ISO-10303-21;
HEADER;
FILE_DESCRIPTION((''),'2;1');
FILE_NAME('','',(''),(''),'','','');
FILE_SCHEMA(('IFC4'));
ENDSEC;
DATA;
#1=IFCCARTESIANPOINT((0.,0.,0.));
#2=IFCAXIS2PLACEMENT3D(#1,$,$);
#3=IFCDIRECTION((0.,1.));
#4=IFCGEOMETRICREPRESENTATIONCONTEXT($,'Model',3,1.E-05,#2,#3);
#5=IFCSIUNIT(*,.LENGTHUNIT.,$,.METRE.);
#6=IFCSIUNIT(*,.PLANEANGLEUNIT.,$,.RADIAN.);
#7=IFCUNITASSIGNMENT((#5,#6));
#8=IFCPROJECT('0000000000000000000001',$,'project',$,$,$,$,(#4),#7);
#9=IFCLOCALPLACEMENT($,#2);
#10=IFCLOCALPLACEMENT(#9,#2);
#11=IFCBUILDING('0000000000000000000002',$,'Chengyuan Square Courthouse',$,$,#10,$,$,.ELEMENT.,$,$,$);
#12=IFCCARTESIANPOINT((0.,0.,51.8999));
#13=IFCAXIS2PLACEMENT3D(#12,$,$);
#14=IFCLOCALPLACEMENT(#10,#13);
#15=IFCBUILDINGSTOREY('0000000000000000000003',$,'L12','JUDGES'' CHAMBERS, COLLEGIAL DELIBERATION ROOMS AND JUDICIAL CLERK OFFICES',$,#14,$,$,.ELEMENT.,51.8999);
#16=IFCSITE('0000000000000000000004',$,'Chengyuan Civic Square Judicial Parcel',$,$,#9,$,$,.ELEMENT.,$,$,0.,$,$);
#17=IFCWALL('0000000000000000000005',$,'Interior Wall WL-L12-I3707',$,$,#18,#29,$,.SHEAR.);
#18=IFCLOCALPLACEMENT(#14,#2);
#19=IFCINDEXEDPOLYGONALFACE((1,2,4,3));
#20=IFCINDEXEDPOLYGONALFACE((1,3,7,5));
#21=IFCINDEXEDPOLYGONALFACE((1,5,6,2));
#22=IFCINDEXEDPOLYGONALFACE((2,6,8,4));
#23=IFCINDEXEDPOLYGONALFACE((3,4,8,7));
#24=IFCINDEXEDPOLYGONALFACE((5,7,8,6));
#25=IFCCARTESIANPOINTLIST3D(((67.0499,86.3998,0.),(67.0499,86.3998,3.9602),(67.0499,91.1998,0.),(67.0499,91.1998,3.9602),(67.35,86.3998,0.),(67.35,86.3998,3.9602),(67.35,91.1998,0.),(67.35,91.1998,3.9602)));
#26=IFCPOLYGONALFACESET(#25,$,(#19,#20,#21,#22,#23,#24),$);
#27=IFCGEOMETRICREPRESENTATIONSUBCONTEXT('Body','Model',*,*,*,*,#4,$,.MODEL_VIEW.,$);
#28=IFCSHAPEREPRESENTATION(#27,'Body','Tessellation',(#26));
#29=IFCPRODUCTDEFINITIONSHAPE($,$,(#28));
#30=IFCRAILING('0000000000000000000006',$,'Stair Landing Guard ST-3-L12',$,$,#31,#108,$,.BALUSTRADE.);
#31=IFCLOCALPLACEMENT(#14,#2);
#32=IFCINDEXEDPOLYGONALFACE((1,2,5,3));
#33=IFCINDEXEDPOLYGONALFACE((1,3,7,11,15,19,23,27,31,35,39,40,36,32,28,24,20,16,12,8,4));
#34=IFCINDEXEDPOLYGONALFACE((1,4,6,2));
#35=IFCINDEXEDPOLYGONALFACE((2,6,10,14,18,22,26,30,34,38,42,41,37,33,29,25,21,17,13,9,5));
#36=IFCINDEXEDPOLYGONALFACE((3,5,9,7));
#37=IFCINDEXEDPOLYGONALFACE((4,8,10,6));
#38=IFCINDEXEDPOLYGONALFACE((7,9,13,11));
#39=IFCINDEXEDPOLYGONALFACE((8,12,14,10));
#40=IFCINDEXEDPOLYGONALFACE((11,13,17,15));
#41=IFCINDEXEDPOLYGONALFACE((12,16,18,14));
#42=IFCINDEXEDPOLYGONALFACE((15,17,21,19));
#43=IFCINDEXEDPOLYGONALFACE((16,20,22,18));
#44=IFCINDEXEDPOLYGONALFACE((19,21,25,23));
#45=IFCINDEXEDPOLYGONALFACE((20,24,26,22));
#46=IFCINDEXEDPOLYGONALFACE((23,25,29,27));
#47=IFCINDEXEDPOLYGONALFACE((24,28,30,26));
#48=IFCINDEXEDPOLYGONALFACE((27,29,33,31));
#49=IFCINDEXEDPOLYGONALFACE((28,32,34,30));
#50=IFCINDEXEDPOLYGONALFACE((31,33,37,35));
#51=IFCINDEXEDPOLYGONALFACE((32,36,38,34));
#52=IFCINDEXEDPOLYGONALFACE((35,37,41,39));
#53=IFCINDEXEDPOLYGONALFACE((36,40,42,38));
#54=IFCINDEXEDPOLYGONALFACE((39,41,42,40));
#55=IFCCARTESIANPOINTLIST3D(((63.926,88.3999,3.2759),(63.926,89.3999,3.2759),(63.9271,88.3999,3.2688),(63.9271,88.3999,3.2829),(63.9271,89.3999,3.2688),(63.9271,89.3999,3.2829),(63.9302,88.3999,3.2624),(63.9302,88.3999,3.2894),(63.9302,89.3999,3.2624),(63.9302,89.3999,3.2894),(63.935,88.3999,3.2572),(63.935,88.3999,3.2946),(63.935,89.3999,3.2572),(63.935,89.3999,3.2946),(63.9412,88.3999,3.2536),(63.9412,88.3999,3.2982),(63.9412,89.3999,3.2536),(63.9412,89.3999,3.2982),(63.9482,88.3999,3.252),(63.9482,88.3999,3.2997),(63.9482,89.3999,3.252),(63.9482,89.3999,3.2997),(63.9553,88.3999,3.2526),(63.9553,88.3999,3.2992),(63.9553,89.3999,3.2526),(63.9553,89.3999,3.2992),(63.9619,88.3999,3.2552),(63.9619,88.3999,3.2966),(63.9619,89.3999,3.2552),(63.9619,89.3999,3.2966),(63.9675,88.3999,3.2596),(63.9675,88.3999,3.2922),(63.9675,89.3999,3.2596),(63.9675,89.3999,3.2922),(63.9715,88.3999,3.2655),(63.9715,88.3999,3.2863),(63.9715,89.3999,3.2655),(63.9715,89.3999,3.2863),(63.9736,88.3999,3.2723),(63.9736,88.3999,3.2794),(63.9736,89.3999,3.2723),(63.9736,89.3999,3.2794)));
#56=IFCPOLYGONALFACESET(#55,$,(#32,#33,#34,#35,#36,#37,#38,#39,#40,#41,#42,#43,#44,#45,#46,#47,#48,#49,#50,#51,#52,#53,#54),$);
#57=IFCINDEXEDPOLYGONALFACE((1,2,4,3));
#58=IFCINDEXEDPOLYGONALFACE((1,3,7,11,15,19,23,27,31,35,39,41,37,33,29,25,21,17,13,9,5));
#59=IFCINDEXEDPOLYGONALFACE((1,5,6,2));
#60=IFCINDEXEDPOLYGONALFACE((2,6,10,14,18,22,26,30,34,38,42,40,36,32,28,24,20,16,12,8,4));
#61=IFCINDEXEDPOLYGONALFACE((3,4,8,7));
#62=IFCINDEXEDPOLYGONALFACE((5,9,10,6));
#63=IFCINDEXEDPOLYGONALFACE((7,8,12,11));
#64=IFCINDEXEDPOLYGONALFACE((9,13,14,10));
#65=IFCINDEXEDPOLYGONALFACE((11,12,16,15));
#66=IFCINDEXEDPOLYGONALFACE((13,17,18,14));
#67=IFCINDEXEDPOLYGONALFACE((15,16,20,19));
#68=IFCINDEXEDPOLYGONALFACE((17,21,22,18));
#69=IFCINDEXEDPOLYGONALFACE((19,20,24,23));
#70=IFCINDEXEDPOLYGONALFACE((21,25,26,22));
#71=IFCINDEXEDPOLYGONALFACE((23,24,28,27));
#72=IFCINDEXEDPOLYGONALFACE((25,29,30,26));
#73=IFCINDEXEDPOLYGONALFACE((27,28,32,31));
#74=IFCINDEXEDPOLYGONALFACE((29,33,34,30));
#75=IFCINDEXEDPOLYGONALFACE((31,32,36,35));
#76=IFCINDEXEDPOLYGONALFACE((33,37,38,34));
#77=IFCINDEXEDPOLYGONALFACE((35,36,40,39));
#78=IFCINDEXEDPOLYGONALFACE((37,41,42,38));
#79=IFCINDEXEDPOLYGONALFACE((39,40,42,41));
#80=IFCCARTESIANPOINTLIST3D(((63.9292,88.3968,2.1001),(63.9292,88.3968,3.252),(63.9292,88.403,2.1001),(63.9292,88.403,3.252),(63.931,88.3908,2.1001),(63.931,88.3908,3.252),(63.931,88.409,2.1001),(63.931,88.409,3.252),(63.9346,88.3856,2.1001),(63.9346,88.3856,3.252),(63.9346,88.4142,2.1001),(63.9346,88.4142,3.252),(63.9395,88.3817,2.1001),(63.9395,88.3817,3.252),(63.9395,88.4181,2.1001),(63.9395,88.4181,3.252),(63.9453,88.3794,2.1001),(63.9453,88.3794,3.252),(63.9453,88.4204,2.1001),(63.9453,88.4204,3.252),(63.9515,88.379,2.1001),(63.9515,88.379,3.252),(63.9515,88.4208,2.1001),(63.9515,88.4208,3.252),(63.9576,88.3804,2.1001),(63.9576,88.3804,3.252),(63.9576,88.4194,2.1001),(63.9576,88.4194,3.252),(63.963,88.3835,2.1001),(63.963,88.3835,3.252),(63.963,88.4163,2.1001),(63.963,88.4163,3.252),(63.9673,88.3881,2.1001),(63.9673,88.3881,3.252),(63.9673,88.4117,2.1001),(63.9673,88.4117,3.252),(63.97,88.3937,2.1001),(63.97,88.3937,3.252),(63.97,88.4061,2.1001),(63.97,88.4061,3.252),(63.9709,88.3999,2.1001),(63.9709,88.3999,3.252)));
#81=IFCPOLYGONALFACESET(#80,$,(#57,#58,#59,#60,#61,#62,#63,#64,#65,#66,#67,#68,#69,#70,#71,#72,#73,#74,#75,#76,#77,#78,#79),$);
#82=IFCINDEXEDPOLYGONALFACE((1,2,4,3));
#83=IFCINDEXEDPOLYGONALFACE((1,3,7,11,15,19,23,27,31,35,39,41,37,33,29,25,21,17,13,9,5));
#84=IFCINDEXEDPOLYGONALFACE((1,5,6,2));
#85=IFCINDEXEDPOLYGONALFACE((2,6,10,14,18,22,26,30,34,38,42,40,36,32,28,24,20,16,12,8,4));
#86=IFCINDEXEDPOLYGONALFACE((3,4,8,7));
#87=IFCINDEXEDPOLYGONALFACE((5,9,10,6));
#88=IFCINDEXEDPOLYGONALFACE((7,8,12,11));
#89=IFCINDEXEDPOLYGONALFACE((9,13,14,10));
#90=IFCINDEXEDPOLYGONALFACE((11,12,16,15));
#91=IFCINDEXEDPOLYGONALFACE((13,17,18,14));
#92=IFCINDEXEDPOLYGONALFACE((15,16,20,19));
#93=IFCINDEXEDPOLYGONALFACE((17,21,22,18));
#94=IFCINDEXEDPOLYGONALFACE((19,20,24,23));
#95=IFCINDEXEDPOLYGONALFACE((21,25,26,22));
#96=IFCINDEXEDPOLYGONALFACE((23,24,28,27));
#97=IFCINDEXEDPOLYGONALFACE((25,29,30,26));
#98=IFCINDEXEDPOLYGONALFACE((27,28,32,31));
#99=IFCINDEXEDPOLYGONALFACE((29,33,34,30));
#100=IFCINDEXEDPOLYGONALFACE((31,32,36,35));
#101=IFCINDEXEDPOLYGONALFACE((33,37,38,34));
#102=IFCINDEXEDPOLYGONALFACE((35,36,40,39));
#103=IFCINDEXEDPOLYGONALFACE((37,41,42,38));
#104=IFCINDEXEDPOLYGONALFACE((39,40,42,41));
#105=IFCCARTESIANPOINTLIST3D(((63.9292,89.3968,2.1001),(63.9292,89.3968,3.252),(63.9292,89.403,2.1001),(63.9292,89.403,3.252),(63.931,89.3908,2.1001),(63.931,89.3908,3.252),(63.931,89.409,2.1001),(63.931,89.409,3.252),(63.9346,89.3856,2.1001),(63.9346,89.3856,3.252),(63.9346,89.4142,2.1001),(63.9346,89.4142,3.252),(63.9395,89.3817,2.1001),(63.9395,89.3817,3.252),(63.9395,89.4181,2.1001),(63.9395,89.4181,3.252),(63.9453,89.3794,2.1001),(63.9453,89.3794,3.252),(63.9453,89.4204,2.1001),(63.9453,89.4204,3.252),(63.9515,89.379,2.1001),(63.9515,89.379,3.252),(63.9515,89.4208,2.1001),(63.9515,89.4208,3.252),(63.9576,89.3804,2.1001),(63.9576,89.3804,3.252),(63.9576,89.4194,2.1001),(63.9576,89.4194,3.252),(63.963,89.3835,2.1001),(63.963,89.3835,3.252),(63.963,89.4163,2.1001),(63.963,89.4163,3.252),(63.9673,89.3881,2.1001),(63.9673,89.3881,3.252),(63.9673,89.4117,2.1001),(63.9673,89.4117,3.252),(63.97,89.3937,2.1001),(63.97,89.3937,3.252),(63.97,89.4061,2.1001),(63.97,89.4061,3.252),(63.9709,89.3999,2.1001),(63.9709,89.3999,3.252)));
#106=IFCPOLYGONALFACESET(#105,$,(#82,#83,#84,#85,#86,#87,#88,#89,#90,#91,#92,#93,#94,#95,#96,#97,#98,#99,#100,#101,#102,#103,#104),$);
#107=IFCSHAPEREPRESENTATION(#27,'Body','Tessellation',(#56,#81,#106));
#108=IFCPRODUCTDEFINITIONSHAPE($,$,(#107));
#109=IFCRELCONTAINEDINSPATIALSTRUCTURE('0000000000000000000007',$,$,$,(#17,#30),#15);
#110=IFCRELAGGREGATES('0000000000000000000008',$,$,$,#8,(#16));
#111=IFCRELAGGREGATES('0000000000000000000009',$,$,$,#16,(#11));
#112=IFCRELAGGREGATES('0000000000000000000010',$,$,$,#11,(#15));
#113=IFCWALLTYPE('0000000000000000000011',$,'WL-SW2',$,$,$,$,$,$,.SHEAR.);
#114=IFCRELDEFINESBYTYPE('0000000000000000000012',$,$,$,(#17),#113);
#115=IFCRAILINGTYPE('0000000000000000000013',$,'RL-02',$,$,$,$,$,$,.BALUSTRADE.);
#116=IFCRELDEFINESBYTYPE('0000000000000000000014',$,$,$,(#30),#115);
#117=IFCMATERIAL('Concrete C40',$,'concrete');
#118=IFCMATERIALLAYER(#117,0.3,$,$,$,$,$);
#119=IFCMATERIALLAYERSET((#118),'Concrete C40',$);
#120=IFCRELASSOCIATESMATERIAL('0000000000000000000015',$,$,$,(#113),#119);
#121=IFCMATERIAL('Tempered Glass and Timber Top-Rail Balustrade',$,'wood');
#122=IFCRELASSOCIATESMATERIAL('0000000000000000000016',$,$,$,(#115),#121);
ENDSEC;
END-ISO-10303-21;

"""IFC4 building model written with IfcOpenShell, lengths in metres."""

from ifc_helpers import new_model, si_unit, direction, frame, frame_2d, origin, origin_2d, place, context, subcontext, project, spatial, rectangle, circle, extrude, material, layer, layer_set, type_object, element, save


model = new_model("IFC4")

# Units and contexts
model_context = context("Model", 3, precision=1e-05, world=origin(), true_north=direction((0.0, 1.0)))
body_context = subcontext(model_context, "Body", "Model", "MODEL_VIEW")
ifc_project = project(units=[si_unit("LENGTHUNIT", "METRE"), si_unit("PLANEANGLEUNIT", "RADIAN")], contexts=[model_context])

# Site, building, storey
site_placement = place(None, origin())
site = spatial("IfcSite", under=ifc_project, at=site_placement, Name="Chengyuan Civic Square Judicial Parcel", CompositionType="ELEMENT", RefElevation=0.0)
building_placement = place(site_placement, origin())
building = spatial("IfcBuilding", under=site, at=building_placement, Name="Chengyuan Square Courthouse", CompositionType="ELEMENT")
storey_placement = place(building_placement, frame((0.0, 0.0, 51.8999)))
storey = spatial("IfcBuildingStorey", under=building, at=storey_placement, Name="L12", Description="JUDGES' CHAMBERS, COLLEGIAL DELIBERATION ROOMS AND JUDICIAL CLERK OFFICES", CompositionType="ELEMENT", Elevation=51.8999)

# Shared definitions
ifc_material_1 = material(Name="Concrete C40", Category="concrete")

# Wall
ifc_layer_1 = layer(ifc_material_1, 0.3)
ifc_layer_set_1 = layer_set([ifc_layer_1], Name="Concrete C40")
wall_type_1 = type_object("IfcWallType", Name="WL-SW2", PredefinedType="SHEAR", material=ifc_layer_set_1)
wall_1_placement = place(storey_placement, frame((67.2, 86.3999, 0.0), z_axis=(0.0, 0.0, 1.0), x_axis=(0.0, 1.0, 0.0)))
element("IfcWall", 1, at=wall_1_placement, inside=storey, type_object=wall_type_1, Name="Interior Wall WL-L12-I3707", PredefinedType="SHEAR", context=body_context, shape_type="SweptSolid", body=[
    extrude(rectangle(XDim=4.8, YDim=0.3, at=frame_2d((2.3999, 0.0))), origin(), (0.0, 0.0, 1.0), 3.9602),
])

# Railing
ifc_material_2 = material(Name="Tempered Glass and Timber Top-Rail Balustrade", Category="wood")
railing_type = type_object("IfcRailingType", Name="RL-02", PredefinedType="BALUSTRADE", material=ifc_material_2)
railing_1_placement = place(storey_placement, frame((63.95, 88.3999, 2.1001)))
element("IfcRailing", 2, at=railing_1_placement, inside=storey, type_object=railing_type, Name="Stair Landing Guard ST-3-L12", PredefinedType="BALUSTRADE", context=body_context, shape_type="SweptSolid", body=[
    extrude(circle(Radius=0.0239, at=origin_2d()), frame((0.0, 0.0, 1.1758), z_axis=(0.0, 1.0, 0.0), x_axis=(-1.0, 0.0, 0.0)), (0.0, 0.0, 1.0), 1.0),
    extrude(circle(Radius=0.021, at=origin_2d()), origin(), (0.0, 0.0, 1.0), 1.1519),
    extrude(circle(Radius=0.021, at=origin_2d()), frame((0.0, 1.0, 0.0)), (0.0, 0.0, 1.0), 1.1519),
])

save(model, "model.ifc")
